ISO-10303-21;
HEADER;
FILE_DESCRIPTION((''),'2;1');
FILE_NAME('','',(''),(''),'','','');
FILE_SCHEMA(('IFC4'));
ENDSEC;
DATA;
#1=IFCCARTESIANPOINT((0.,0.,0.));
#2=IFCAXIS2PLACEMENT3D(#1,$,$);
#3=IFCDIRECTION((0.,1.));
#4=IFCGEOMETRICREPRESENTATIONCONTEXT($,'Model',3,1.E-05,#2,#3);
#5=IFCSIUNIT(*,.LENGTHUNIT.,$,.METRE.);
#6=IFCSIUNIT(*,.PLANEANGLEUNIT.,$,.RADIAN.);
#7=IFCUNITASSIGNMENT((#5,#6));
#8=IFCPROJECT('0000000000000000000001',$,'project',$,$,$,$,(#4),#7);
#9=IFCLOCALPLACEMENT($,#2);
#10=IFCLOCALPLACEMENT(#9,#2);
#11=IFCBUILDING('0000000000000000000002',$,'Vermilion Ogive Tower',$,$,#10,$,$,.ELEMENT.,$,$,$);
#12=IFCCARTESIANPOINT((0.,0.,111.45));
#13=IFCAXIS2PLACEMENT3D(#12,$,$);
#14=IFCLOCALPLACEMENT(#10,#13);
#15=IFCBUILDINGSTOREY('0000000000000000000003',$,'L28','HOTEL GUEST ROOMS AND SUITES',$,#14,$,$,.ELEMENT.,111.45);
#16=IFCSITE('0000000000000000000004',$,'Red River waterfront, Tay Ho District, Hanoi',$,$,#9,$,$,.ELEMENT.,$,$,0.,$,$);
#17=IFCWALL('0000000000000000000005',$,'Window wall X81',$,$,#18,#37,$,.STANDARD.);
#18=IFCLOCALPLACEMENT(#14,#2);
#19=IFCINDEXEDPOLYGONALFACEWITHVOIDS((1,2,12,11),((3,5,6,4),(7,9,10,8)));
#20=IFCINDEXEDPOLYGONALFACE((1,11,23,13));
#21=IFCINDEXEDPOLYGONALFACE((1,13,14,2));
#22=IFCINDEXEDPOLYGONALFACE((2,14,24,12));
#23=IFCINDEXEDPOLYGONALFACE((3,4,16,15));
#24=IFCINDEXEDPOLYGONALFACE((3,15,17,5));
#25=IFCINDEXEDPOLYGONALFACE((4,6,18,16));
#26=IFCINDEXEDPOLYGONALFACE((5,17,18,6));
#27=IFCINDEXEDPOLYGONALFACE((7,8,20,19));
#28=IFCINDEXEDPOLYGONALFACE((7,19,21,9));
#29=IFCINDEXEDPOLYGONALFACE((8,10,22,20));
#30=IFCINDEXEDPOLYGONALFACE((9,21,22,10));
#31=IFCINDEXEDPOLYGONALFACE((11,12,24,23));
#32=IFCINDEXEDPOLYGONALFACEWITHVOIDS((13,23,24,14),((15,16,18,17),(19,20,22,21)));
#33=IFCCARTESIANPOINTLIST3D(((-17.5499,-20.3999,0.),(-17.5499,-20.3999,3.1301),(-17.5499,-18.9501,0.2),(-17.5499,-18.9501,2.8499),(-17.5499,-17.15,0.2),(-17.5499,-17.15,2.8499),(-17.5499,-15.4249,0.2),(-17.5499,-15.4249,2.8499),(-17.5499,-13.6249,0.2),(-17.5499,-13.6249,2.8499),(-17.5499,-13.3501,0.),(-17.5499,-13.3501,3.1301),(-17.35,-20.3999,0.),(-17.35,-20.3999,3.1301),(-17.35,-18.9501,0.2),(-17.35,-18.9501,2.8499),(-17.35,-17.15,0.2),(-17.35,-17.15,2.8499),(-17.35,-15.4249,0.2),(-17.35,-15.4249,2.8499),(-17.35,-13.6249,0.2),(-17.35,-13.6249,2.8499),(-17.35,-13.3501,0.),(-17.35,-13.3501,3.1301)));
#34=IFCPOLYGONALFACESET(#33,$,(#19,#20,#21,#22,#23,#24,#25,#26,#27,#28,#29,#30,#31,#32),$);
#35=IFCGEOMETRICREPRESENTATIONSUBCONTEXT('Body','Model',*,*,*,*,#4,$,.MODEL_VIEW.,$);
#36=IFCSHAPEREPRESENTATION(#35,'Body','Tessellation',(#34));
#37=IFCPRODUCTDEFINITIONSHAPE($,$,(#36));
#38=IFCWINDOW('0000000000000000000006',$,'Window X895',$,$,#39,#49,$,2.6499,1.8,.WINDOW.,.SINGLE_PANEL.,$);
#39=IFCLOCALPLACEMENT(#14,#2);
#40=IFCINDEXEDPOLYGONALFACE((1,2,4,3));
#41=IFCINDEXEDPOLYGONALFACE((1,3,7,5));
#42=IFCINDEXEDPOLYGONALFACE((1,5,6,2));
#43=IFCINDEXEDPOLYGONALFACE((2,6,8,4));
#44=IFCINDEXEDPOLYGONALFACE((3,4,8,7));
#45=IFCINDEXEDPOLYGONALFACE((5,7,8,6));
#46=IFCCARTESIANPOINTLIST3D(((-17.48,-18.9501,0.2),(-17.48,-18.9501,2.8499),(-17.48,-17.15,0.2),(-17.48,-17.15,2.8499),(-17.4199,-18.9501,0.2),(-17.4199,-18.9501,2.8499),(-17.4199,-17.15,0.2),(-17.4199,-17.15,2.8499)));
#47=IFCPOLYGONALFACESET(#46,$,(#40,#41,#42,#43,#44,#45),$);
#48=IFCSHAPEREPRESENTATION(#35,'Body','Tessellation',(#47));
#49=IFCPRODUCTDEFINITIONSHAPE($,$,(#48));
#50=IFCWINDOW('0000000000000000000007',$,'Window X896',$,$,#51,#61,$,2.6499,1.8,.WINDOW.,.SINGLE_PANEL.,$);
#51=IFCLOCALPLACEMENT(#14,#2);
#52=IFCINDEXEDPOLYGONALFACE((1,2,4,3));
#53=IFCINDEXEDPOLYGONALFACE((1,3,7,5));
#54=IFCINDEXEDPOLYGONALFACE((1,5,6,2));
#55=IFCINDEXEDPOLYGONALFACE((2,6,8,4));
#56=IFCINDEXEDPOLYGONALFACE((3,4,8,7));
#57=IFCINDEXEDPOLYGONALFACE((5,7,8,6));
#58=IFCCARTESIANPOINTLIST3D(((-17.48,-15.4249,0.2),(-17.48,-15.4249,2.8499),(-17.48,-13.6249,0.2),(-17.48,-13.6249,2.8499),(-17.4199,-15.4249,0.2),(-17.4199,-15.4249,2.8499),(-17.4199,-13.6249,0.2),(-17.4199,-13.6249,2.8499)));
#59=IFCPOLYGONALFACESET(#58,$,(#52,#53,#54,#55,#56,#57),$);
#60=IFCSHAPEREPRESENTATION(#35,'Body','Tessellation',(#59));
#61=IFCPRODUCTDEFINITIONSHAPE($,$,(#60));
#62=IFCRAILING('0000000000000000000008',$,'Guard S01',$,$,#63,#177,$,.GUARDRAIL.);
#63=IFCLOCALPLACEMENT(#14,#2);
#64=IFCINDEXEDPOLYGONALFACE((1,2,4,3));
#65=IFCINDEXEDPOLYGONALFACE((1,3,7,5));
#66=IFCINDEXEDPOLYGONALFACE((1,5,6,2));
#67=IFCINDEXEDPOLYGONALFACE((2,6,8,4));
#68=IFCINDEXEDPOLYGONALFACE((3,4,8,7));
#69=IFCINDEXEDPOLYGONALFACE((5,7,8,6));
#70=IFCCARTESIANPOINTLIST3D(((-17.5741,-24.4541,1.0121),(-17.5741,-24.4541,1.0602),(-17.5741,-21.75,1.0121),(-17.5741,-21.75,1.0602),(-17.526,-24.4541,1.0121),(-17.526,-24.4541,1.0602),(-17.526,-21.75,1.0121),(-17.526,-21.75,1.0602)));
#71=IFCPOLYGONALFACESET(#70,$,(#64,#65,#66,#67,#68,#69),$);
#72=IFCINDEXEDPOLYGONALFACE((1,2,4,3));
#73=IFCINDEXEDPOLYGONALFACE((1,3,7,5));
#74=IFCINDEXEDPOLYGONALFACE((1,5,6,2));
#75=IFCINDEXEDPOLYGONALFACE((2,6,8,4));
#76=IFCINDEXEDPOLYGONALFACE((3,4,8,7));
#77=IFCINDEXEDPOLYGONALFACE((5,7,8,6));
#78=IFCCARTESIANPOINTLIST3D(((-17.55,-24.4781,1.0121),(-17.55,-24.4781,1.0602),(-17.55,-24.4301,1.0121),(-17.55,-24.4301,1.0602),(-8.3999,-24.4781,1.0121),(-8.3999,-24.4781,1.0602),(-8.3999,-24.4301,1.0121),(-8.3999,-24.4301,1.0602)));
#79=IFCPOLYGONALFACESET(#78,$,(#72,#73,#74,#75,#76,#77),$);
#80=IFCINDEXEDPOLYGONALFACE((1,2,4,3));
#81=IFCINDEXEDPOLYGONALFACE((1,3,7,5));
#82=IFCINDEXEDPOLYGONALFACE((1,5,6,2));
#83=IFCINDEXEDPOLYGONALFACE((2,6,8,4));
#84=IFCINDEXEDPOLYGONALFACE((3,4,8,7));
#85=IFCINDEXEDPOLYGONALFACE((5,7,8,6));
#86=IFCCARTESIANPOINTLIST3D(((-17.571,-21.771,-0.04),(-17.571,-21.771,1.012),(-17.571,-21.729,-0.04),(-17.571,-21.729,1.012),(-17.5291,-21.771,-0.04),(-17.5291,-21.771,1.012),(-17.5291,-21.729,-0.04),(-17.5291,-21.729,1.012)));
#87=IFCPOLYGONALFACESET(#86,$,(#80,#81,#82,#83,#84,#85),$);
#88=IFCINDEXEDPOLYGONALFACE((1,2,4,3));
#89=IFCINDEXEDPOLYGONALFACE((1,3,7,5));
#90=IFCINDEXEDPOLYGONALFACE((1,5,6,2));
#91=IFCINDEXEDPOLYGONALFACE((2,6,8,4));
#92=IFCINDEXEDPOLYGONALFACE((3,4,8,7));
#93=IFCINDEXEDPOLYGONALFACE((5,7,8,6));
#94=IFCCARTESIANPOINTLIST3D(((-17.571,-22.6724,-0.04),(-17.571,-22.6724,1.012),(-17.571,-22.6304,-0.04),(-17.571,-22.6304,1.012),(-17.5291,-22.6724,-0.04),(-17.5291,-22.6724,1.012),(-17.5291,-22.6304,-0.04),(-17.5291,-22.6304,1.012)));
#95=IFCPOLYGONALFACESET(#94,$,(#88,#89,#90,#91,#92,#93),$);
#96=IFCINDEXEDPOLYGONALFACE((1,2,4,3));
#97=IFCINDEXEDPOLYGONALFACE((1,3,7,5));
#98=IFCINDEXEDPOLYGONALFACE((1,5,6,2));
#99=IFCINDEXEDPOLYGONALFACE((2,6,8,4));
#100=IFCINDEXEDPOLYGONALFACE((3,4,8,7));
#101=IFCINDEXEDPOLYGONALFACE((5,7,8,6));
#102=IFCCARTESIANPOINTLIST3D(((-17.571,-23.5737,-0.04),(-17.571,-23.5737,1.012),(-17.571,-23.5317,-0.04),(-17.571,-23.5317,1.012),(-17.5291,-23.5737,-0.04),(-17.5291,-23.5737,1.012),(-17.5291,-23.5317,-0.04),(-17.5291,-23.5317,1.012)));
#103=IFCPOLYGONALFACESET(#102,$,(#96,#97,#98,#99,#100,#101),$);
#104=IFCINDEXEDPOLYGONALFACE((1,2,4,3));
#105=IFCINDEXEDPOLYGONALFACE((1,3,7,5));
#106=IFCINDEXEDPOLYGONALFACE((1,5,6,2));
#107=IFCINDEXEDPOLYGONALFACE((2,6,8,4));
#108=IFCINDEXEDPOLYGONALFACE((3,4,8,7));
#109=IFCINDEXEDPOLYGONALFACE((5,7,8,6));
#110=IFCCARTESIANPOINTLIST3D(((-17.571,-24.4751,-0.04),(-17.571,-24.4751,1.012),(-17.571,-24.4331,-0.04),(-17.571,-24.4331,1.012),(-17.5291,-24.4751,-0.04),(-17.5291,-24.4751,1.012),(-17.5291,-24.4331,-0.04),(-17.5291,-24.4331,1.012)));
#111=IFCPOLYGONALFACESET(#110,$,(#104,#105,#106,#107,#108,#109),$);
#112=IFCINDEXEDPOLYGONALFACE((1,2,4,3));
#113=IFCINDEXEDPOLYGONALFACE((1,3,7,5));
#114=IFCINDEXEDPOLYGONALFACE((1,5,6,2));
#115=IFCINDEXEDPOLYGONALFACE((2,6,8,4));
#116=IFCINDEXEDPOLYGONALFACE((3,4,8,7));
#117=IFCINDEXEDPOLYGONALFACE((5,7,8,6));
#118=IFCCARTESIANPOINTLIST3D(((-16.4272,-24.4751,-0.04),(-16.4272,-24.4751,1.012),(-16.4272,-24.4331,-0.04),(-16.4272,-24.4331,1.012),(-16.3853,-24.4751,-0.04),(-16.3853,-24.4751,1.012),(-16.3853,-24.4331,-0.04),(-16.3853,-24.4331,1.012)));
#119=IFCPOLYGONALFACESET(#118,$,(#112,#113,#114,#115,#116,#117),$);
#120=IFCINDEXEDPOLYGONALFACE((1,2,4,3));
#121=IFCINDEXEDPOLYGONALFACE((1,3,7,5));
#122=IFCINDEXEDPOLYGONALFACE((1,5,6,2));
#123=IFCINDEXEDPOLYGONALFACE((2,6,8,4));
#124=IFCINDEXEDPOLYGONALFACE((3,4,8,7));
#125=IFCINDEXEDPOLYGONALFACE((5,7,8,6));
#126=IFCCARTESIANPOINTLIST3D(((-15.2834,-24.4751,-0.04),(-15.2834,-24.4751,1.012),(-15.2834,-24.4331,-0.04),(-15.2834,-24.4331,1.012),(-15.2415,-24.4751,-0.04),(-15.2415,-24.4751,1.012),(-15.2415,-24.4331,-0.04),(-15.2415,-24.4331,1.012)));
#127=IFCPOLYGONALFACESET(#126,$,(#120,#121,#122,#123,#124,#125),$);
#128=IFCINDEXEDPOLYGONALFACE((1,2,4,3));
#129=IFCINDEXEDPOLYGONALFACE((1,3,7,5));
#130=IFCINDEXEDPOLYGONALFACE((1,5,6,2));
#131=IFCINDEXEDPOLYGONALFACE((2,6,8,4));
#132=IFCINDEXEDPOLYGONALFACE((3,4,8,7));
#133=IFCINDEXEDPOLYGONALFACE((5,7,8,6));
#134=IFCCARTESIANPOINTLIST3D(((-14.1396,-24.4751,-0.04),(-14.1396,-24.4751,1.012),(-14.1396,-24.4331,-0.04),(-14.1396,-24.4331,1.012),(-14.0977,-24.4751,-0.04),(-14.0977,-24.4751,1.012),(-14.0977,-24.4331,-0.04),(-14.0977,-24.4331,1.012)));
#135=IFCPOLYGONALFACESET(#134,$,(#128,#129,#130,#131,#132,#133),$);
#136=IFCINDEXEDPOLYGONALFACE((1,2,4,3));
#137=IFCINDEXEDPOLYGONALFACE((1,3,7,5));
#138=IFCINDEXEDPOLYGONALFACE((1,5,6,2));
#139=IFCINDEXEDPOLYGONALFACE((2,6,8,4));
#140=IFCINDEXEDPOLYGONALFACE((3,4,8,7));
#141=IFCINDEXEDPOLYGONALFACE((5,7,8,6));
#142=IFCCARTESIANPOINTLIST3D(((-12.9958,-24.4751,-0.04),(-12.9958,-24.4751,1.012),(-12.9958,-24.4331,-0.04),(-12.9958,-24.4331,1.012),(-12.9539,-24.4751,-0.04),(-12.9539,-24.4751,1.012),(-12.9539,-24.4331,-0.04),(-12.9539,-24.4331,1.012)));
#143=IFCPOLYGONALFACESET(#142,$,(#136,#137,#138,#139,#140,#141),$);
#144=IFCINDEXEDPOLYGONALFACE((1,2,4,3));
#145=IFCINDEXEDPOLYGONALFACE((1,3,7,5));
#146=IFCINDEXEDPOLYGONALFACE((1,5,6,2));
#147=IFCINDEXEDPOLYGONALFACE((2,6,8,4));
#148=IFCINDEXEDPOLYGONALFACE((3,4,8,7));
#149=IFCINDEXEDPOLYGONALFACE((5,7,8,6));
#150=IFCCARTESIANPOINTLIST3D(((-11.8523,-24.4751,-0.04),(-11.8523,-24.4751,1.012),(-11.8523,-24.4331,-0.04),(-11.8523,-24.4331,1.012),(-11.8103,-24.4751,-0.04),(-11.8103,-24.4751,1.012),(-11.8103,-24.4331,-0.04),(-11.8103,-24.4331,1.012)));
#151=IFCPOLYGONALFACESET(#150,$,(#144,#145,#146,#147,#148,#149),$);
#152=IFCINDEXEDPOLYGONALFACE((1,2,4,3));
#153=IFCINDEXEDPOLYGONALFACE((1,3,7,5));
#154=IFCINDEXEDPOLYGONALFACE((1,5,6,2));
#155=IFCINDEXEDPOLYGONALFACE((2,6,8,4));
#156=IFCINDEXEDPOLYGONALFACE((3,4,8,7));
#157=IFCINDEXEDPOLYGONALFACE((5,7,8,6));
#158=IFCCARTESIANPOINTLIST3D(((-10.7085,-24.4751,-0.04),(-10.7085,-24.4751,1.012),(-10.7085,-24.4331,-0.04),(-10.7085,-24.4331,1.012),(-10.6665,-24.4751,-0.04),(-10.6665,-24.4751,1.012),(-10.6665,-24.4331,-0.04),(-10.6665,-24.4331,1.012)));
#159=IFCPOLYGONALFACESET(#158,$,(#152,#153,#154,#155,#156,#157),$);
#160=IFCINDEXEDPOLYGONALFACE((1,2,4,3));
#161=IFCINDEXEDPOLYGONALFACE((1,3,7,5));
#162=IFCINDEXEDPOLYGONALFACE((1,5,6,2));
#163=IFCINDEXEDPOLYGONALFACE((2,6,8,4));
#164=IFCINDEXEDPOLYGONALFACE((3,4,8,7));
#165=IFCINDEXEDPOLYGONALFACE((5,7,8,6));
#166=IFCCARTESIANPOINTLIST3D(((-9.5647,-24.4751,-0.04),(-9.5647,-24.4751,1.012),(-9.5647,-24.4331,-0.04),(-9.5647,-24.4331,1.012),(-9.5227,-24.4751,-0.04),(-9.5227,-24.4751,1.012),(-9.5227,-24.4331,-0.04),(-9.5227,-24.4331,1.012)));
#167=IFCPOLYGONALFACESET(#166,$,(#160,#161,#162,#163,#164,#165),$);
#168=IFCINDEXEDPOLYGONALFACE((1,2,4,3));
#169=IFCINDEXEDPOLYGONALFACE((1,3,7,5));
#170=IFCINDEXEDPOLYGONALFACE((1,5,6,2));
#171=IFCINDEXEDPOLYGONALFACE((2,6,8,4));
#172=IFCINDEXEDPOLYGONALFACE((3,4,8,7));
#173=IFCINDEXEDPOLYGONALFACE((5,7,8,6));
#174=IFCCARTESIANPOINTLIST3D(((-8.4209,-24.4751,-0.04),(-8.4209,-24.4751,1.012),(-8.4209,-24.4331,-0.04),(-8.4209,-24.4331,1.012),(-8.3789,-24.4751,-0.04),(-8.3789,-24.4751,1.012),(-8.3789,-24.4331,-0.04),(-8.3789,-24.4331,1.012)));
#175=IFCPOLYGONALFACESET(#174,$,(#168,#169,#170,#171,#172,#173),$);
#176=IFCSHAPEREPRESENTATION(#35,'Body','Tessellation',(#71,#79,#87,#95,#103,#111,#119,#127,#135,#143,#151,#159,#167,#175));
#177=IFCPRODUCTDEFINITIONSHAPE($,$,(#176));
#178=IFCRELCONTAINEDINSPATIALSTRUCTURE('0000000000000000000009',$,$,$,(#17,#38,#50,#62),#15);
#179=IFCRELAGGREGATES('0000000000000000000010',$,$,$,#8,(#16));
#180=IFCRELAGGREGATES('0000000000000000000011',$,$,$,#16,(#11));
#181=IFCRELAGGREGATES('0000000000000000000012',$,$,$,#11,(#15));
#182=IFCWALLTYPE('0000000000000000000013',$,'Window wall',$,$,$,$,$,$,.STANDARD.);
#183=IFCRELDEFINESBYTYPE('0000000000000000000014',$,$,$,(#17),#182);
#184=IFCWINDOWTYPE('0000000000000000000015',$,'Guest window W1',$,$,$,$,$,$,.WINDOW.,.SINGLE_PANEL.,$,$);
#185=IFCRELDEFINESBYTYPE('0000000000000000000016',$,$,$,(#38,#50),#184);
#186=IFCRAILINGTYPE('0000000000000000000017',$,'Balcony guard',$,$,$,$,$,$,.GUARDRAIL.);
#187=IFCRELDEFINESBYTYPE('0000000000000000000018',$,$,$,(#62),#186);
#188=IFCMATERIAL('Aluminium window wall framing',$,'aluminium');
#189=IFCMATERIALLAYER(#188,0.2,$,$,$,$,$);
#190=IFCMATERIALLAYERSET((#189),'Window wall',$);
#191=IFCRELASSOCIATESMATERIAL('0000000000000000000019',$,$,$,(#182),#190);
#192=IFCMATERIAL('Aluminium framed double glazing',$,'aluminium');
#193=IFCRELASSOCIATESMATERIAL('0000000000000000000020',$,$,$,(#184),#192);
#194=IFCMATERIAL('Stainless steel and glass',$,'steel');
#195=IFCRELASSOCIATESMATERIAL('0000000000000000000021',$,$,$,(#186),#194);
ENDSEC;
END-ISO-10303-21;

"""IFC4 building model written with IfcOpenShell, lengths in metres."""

from ifc_helpers import new_model, si_unit, direction, frame, frame_2d, origin, origin_2d, place, context, subcontext, project, spatial, rectangle, extrude, material, layer, layer_set, type_object, element, fill, save


model = new_model("IFC4")

# Units and contexts
model_context = context("Model", 3, precision=1e-05, world=origin(), true_north=direction((0.0, 1.0)))
body_context = subcontext(model_context, "Body", "Model", "MODEL_VIEW")
ifc_project = project(units=[si_unit("LENGTHUNIT", "METRE"), si_unit("PLANEANGLEUNIT", "RADIAN")], contexts=[model_context])

# Site, building, storey
site_placement = place(None, origin())
site = spatial("IfcSite", under=ifc_project, at=site_placement, Name="Red River waterfront, Tay Ho District, Hanoi", CompositionType="ELEMENT", RefElevation=0.0)
building_placement = place(site_placement, origin())
building = spatial("IfcBuilding", under=site, at=building_placement, Name="Vermilion Ogive Tower", CompositionType="ELEMENT")
storey_placement = place(building_placement, frame((0.0, 0.0, 111.45)))
storey = spatial("IfcBuildingStorey", under=building, at=storey_placement, Name="L28", Description="HOTEL GUEST ROOMS AND SUITES", CompositionType="ELEMENT", Elevation=111.45)

# Shared definitions
ifc_material_1 = material(Name="Aluminium window wall framing", Category="aluminium")
ifc_layer_1 = layer(ifc_material_1, 0.2)
ifc_layer_set_1 = layer_set([ifc_layer_1], Name="Window wall")
wall_type_1 = type_object("IfcWallType", Name="Window wall", PredefinedType="STANDARD", material=ifc_layer_set_1)
ifc_material_2 = material(Name="Aluminium framed double glazing", Category="aluminium")
window_type = type_object("IfcWindowType", Name="Guest window W1", PartitioningType="SINGLE_PANEL", PredefinedType="WINDOW", material=ifc_material_2)

# Wall, openings, windows
wall_1_placement = place(storey_placement, frame((-17.45, -13.3501, 0.0), z_axis=(0.0, 0.0, 1.0), x_axis=(0.0, -1.0, 0.0)))
wall_1 = element("IfcWall", 1, at=wall_1_placement, inside=storey, type_object=wall_type_1, Name="Window wall X81", PredefinedType="STANDARD", context=body_context, shape_type="SweptSolid", body=[
    extrude(rectangle(XDim=7.0498, YDim=0.2, at=frame_2d((3.5249, 0.0))), origin(), (0.0, 0.0, 1.0), 3.1301),
])
opening_1_placement = place(wall_1_placement, frame((3.8, 0.0, 0.2)))
opening_1 = element("IfcOpeningElement", 2, at=opening_1_placement, cuts=wall_1, PredefinedType="OPENING", context=body_context, shape_type="SweptSolid", body=[
    extrude(rectangle(XDim=1.8, YDim=2.6499, at=frame_2d((0.8999, 1.325))), frame((0.0, 0.1099, 0.0), z_axis=(0.0, -1.0, 0.0), x_axis=(1.0, 0.0, 0.0)), (0.0, 0.0, 1.0), 0.22),
])
opening_2_placement = place(wall_1_placement, frame((0.2749, 0.0, 0.2)))
opening_2 = element("IfcOpeningElement", 3, at=opening_2_placement, cuts=wall_1, PredefinedType="OPENING", context=body_context, shape_type="SweptSolid", body=[
    extrude(rectangle(XDim=1.8, YDim=2.6499, at=frame_2d((0.8999, 1.325))), frame((0.0, 0.1099, 0.0), z_axis=(0.0, -1.0, 0.0), x_axis=(1.0, 0.0, 0.0)), (0.0, 0.0, 1.0), 0.22),
])
window_1_placement = place(opening_1_placement, origin())
window_1 = element("IfcWindow", 4, at=window_1_placement, inside=storey, type_object=window_type, Name="Window X895", OverallHeight=2.6499, OverallWidth=1.8, PartitioningType="SINGLE_PANEL", PredefinedType="WINDOW", context=body_context, shape_type="SweptSolid", body=[
    extrude(rectangle(XDim=1.8, YDim=2.6499, at=frame_2d((0.8999, 1.325))), frame((0.0, 0.03, 0.0), z_axis=(0.0, -1.0, 0.0), x_axis=(1.0, 0.0, 0.0)), (0.0, 0.0, 1.0), 0.0601),
])
fill(opening_1, window_1)
window_2_placement = place(opening_2_placement, origin())
window_2 = element("IfcWindow", 5, at=window_2_placement, inside=storey, type_object=window_type, Name="Window X896", OverallHeight=2.6499, OverallWidth=1.8, PartitioningType="SINGLE_PANEL", PredefinedType="WINDOW", context=body_context, shape_type="SweptSolid", body=[
    extrude(rectangle(XDim=1.8, YDim=2.6499, at=frame_2d((0.8999, 1.325))), frame((0.0, 0.03, 0.0), z_axis=(0.0, -1.0, 0.0), x_axis=(1.0, 0.0, 0.0)), (0.0, 0.0, 1.0), 0.0601),
])
fill(opening_2, window_2)

# Railing
ifc_material_3 = material(Name="Stainless steel and glass", Category="steel")
railing_type_1 = type_object("IfcRailingType", Name="Balcony guard", PredefinedType="GUARDRAIL", material=ifc_material_3)
railing_1_placement = place(storey_placement, frame((-17.55, -21.75, -0.04)))
element("IfcRailing", 6, at=railing_1_placement, inside=storey, type_object=railing_type_1, Name="Guard S01", PredefinedType="GUARDRAIL", context=body_context, shape_type="SweptSolid", body=[
    extrude(rectangle(XDim=0.0481, YDim=0.0481, at=origin_2d()), frame((0.0, 0.0, 1.0762), z_axis=(0.0, -1.0, 0.0), x_axis=(1.0, 0.0, 0.0)), (0.0, 0.0, 1.0), 2.7041),
    extrude(rectangle(XDim=0.0481, YDim=0.0481, at=origin_2d()), frame((0.0, -2.7041, 1.0762), z_axis=(1.0, 0.0, 0.0), x_axis=(0.0, 1.0, 0.0)), (0.0, 0.0, 1.0), 9.1501),
    extrude(rectangle(XDim=0.042, YDim=0.042, at=origin_2d()), origin(), (0.0, 0.0, 1.0), 1.052),
    extrude(rectangle(XDim=0.042, YDim=0.042, at=origin_2d()), frame((0.0, -0.9014, 0.0)), (0.0, 0.0, 1.0), 1.052),
    extrude(rectangle(XDim=0.042, YDim=0.042, at=origin_2d()), frame((0.0, -1.8027, 0.0)), (0.0, 0.0, 1.0), 1.052),
    extrude(rectangle(XDim=0.042, YDim=0.042, at=origin_2d()), frame((0.0, -2.7041, 0.0)), (0.0, 0.0, 1.0), 1.052),
    extrude(rectangle(XDim=0.042, YDim=0.042, at=origin_2d()), frame((1.1438, -2.7041, 0.0)), (0.0, 0.0, 1.0), 1.052),
    extrude(rectangle(XDim=0.042, YDim=0.042, at=origin_2d()), frame((2.2876, -2.7041, 0.0)), (0.0, 0.0, 1.0), 1.052),
    extrude(rectangle(XDim=0.042, YDim=0.042, at=origin_2d()), frame((3.4314, -2.7041, 0.0)), (0.0, 0.0, 1.0), 1.052),
    extrude(rectangle(XDim=0.042, YDim=0.042, at=origin_2d()), frame((4.5752, -2.7041, 0.0)), (0.0, 0.0, 1.0), 1.052),
    extrude(rectangle(XDim=0.042, YDim=0.042, at=origin_2d()), frame((5.7188, -2.7041, 0.0)), (0.0, 0.0, 1.0), 1.052),
    extrude(rectangle(XDim=0.042, YDim=0.042, at=origin_2d()), frame((6.8625, -2.7041, 0.0)), (0.0, 0.0, 1.0), 1.052),
    extrude(rectangle(XDim=0.042, YDim=0.042, at=origin_2d()), frame((8.0063, -2.7041, 0.0)), (0.0, 0.0, 1.0), 1.052),
    extrude(rectangle(XDim=0.042, YDim=0.042, at=origin_2d()), frame((9.1501, -2.7041, 0.0)), (0.0, 0.0, 1.0), 1.052),
])

save(model, "model.ifc")
